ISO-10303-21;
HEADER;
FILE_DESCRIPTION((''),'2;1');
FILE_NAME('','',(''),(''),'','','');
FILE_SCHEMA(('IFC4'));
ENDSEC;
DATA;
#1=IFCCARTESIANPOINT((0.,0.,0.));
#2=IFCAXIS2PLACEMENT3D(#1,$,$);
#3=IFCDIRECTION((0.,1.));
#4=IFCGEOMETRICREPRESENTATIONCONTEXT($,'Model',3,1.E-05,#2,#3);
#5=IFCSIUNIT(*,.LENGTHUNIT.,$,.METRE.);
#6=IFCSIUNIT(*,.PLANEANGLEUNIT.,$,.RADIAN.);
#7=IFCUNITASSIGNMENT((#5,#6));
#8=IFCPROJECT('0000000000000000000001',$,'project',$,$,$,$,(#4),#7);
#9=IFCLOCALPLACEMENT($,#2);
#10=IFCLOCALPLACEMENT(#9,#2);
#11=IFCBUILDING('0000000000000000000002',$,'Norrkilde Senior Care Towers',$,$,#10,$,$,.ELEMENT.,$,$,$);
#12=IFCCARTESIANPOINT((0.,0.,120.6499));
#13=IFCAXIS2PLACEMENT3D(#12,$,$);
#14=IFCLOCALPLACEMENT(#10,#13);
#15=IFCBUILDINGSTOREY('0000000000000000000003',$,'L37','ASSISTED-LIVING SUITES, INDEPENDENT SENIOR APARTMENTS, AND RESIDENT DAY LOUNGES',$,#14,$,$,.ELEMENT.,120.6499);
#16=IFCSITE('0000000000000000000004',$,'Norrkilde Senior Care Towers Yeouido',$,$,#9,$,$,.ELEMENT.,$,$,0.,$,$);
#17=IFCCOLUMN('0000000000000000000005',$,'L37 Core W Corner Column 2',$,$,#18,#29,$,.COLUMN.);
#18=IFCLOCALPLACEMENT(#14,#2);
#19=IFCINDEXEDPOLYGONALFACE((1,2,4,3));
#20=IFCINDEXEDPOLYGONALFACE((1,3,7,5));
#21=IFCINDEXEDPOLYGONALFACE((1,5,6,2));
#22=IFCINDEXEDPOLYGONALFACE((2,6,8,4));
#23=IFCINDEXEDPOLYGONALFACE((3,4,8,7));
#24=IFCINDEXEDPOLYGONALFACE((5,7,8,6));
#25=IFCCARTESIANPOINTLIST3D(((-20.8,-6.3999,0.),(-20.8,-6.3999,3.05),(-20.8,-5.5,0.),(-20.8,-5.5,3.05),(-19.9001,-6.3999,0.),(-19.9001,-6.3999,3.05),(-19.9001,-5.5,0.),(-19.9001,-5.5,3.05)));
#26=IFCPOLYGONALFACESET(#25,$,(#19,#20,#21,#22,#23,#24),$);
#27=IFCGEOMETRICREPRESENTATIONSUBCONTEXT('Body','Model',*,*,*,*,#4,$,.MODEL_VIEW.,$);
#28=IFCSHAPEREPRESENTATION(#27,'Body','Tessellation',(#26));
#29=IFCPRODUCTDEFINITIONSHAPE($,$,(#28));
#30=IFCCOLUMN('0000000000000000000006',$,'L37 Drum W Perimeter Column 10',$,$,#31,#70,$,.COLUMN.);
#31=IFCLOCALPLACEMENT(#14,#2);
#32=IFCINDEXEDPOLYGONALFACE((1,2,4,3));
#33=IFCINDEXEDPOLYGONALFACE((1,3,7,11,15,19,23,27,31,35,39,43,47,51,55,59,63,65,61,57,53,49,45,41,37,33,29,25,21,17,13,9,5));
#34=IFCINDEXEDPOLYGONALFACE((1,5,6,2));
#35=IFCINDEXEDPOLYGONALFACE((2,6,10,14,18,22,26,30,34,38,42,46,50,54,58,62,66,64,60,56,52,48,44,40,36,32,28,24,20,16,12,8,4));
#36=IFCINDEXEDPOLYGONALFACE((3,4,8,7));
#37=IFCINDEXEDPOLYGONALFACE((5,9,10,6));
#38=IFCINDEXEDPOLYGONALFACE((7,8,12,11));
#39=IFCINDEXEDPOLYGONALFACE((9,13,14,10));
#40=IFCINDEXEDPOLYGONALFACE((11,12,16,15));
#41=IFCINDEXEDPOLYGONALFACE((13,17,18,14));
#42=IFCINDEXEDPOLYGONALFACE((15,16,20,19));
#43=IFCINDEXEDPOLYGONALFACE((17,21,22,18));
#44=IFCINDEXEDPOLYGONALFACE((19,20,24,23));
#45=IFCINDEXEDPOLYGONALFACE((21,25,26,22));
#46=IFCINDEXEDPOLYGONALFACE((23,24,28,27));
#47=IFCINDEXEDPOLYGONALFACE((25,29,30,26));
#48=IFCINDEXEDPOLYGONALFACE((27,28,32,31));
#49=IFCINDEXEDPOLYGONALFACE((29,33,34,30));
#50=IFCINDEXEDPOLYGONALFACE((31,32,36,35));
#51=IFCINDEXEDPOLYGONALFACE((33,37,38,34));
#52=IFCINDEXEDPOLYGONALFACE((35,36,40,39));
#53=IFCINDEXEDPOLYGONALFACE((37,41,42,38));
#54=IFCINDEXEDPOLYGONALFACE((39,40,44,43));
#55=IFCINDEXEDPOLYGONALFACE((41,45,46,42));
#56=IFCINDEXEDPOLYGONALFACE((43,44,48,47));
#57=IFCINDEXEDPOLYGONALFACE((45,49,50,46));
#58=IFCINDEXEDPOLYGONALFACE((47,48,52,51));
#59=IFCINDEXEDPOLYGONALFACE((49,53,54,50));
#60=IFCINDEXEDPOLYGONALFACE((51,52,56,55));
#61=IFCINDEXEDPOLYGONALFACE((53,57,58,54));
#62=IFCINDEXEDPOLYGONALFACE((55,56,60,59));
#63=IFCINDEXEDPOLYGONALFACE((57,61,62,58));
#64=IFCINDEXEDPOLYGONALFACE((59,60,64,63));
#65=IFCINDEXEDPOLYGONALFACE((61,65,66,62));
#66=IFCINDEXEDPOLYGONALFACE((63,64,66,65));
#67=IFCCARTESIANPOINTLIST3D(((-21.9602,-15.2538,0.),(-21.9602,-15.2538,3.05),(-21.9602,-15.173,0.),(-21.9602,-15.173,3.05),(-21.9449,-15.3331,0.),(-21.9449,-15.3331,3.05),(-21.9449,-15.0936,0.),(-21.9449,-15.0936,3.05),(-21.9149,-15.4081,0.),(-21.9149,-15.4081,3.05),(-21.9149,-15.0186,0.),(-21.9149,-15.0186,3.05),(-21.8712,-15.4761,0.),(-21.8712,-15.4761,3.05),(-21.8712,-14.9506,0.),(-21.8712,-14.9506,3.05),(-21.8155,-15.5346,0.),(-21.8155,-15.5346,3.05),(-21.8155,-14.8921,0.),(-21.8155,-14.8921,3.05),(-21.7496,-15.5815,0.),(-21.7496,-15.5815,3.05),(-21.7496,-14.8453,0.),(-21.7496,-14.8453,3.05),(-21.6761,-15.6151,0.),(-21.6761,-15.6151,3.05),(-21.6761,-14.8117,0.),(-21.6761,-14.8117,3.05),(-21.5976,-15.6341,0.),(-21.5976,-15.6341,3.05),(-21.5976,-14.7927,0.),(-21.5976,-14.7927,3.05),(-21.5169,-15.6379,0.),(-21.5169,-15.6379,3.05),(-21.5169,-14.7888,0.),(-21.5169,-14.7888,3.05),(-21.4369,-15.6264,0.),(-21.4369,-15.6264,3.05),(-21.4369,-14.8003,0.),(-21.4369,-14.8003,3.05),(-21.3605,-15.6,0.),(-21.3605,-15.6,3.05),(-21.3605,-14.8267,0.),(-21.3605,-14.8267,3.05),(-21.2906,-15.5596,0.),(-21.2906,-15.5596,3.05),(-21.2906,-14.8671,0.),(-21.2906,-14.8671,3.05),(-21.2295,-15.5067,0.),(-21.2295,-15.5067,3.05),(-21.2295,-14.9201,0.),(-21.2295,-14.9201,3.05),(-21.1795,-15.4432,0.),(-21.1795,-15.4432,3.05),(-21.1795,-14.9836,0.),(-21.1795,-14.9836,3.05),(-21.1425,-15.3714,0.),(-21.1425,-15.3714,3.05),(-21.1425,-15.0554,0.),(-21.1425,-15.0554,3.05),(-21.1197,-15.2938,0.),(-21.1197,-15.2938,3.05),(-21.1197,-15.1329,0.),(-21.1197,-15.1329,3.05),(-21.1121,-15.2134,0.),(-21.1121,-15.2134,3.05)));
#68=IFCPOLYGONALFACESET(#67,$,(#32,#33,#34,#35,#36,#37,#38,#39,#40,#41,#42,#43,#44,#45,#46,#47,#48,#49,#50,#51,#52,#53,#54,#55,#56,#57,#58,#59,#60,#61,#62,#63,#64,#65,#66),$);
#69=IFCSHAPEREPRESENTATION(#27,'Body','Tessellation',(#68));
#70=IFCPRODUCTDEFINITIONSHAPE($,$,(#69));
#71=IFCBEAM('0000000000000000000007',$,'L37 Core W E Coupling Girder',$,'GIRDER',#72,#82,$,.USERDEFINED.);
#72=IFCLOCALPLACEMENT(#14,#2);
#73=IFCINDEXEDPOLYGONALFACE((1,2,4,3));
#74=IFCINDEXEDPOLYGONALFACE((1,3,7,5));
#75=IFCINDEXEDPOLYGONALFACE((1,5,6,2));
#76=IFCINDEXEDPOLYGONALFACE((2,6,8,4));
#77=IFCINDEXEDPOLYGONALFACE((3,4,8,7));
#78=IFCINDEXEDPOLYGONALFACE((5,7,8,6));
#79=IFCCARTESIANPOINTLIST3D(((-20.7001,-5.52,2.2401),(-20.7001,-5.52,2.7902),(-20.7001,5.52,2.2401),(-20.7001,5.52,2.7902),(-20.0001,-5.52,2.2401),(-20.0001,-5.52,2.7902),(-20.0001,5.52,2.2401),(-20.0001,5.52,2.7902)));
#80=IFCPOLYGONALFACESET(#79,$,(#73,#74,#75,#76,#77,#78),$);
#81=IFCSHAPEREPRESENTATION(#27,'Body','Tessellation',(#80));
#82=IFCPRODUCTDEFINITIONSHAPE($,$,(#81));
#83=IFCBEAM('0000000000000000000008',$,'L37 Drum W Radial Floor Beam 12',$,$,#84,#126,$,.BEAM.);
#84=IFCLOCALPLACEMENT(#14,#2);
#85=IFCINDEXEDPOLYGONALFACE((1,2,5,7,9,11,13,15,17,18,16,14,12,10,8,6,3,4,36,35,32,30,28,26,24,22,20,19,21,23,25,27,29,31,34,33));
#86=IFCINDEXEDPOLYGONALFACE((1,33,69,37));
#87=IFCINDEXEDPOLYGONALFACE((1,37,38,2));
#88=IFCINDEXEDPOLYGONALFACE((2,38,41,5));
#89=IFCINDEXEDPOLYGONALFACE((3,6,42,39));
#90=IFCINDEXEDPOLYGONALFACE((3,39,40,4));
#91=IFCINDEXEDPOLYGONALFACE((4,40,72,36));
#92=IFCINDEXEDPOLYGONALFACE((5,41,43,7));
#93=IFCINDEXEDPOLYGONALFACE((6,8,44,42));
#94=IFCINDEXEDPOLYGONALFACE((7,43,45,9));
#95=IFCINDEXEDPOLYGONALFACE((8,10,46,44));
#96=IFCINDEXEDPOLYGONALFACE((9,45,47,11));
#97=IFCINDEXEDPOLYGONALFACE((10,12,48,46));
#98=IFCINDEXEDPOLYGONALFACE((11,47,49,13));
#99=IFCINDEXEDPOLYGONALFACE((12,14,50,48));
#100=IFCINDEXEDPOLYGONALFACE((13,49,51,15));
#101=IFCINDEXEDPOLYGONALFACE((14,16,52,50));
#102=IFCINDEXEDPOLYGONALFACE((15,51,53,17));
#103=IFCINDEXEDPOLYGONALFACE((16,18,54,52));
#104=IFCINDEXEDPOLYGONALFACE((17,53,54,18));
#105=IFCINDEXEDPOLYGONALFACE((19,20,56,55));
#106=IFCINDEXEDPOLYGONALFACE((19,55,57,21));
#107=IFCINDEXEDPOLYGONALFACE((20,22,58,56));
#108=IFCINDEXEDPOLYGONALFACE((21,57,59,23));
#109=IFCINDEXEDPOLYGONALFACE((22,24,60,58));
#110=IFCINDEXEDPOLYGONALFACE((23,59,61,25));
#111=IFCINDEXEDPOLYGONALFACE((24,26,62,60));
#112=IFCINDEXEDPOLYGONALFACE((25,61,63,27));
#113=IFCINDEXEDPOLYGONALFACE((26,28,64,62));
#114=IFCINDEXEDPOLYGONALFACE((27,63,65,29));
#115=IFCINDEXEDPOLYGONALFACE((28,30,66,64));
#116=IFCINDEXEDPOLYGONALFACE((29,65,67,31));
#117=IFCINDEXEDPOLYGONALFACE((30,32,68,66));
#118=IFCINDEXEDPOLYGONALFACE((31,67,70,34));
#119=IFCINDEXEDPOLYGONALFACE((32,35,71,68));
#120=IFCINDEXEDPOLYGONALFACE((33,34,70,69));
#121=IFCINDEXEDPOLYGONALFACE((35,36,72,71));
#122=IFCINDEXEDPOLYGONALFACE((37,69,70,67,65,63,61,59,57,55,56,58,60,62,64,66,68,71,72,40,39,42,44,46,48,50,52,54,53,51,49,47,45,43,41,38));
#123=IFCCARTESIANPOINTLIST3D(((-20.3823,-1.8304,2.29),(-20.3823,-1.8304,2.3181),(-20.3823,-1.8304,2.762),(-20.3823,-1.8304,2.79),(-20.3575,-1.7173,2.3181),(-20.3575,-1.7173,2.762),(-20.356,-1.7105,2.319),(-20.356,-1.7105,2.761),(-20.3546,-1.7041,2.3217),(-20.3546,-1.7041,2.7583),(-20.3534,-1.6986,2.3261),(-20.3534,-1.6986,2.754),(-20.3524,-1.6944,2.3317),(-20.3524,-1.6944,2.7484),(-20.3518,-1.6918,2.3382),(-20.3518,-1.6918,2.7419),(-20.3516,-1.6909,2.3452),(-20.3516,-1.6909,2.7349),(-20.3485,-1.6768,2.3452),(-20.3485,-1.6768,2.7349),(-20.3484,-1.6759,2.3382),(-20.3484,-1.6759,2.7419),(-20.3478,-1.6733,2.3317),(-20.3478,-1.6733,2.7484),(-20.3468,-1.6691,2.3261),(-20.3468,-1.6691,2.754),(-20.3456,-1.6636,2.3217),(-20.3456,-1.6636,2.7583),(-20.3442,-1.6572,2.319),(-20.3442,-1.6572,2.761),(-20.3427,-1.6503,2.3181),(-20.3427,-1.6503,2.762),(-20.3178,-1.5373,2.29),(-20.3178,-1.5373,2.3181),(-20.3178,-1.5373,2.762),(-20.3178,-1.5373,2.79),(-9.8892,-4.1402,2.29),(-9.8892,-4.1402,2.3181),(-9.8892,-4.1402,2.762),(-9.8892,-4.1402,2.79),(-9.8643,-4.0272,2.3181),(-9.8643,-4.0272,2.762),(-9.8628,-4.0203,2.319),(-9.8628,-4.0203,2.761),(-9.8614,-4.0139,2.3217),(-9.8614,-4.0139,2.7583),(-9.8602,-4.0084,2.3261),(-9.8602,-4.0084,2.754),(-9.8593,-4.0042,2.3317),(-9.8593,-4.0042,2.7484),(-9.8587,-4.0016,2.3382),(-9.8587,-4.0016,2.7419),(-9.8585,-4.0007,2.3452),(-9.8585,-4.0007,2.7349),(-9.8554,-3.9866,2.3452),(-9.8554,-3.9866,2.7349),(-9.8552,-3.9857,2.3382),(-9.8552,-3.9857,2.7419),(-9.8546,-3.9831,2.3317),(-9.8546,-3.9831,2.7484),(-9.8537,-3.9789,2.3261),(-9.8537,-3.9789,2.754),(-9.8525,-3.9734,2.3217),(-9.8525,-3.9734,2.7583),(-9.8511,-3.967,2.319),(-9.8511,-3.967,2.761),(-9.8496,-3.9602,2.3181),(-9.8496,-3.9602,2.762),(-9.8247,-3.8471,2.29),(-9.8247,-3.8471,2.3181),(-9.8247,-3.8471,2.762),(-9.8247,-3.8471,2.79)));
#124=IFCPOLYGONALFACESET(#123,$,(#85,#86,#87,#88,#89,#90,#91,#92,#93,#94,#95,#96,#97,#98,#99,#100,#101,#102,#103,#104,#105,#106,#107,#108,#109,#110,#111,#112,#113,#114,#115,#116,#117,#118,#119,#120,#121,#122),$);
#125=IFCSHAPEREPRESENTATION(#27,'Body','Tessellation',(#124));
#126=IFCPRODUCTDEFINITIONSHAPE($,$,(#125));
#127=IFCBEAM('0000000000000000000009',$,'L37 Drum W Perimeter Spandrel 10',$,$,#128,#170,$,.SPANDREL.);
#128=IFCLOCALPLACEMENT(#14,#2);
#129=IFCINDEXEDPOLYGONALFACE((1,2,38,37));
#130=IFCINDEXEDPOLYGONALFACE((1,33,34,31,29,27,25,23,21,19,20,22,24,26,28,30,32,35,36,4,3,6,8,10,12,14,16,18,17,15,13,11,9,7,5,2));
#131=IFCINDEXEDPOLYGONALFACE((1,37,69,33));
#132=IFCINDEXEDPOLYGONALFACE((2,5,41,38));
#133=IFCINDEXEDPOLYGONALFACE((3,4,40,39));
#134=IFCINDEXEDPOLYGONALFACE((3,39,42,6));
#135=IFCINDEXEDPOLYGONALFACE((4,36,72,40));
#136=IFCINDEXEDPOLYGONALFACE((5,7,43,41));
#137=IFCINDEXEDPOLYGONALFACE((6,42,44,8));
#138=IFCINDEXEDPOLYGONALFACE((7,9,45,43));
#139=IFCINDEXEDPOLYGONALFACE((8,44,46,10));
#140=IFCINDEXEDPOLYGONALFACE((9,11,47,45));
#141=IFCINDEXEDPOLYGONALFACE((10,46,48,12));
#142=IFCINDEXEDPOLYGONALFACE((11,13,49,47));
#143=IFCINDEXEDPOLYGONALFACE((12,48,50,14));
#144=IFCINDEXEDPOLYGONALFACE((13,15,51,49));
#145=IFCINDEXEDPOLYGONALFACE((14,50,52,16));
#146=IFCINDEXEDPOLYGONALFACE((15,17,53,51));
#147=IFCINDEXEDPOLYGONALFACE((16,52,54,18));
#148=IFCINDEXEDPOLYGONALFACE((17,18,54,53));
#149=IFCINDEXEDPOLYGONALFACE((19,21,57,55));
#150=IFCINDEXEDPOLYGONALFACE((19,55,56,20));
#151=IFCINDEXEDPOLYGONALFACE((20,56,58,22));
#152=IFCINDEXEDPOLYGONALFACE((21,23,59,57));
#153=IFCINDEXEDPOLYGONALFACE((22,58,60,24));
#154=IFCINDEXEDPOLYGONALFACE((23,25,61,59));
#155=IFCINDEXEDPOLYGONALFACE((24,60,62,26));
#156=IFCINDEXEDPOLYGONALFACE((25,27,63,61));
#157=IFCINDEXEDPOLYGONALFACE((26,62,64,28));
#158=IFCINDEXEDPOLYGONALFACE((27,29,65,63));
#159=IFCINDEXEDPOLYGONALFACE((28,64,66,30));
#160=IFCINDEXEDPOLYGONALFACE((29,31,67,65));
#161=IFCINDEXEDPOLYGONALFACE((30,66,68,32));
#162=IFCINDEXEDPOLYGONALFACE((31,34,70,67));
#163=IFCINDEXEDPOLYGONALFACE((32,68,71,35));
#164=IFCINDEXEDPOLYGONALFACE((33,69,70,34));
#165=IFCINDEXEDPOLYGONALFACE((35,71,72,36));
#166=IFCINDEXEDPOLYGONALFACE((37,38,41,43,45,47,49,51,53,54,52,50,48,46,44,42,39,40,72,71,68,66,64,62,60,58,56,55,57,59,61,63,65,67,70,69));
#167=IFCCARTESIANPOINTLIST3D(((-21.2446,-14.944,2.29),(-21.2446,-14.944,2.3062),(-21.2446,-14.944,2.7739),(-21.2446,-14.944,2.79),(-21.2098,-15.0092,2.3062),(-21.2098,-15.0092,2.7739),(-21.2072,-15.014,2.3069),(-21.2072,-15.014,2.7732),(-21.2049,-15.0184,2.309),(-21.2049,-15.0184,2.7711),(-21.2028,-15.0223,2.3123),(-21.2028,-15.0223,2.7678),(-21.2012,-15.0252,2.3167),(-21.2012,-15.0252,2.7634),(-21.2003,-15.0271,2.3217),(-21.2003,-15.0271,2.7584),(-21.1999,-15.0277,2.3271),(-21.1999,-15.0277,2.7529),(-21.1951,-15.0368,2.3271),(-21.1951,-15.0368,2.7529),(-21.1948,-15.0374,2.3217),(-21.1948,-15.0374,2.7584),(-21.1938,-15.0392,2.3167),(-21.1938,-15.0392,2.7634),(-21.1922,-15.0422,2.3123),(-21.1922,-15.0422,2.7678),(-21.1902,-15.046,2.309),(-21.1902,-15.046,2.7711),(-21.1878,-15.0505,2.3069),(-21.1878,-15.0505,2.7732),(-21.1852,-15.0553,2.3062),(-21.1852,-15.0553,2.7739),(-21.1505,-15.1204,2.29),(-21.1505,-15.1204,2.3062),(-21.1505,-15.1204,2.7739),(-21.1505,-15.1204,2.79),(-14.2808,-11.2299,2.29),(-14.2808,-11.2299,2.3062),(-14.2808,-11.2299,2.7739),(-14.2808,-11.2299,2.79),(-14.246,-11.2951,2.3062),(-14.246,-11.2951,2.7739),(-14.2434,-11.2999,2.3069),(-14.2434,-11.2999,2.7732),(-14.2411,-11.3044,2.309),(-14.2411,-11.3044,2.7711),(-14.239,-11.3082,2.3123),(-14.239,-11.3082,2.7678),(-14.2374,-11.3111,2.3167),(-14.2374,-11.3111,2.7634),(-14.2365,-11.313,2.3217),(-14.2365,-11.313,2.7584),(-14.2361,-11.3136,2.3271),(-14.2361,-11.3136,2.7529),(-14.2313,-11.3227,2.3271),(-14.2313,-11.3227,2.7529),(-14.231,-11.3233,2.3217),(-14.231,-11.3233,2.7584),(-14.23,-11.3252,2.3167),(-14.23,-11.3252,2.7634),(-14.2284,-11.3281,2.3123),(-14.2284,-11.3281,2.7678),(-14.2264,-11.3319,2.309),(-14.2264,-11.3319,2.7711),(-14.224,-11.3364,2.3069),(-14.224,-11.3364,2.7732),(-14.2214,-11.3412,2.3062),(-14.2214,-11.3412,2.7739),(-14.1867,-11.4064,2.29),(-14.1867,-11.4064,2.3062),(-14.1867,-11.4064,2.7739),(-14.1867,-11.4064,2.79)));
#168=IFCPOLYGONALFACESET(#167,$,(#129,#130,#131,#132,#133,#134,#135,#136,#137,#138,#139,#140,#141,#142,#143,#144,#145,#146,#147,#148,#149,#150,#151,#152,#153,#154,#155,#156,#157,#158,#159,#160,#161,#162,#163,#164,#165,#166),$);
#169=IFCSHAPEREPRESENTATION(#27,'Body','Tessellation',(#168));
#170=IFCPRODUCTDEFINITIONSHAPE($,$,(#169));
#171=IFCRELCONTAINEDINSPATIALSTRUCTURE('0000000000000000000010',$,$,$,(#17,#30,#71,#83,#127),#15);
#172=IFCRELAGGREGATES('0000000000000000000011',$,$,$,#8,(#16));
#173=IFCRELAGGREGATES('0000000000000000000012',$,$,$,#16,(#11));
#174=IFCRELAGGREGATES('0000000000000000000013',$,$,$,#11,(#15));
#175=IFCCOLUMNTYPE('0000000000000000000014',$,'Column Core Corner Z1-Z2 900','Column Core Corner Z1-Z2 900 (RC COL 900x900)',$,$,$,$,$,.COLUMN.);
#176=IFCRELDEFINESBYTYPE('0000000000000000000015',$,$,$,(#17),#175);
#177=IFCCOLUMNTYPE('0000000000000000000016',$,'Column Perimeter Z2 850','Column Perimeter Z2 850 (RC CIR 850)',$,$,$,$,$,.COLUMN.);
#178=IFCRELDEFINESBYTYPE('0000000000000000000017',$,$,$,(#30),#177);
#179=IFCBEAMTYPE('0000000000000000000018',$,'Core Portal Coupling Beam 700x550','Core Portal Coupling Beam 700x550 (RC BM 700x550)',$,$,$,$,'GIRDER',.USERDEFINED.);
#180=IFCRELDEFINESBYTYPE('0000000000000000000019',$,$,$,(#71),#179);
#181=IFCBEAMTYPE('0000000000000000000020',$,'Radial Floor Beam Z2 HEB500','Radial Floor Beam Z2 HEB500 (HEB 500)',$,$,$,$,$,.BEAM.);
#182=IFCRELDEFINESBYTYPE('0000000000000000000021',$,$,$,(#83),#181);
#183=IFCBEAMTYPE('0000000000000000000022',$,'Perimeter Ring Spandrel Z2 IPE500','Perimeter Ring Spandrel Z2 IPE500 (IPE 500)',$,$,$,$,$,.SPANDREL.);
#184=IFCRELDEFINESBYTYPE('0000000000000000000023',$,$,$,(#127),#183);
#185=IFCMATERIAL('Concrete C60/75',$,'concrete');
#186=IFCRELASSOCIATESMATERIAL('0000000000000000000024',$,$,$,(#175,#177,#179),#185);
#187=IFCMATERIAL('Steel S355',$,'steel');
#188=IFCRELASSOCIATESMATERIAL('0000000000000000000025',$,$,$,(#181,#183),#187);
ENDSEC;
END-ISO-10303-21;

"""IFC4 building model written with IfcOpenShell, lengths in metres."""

from ifc_helpers import new_model, si_unit, direction, frame, origin, origin_2d, place, context, subcontext, project, spatial, rectangle, circle, i_section, extrude, source, transform, mapped, material, material_profile, profile_set, type_object, type_shapes, element, save


model = new_model("IFC4")

# Units and contexts
model_context = context("Model", 3, precision=1e-05, world=origin(), true_north=direction((0.0, 1.0)))
body_context = subcontext(model_context, "Body", "Model", "MODEL_VIEW")
ifc_project = project(units=[si_unit("LENGTHUNIT", "METRE"), si_unit("PLANEANGLEUNIT", "RADIAN")], contexts=[model_context])

# Site, building, storey
site_placement = place(None, origin())
site = spatial("IfcSite", under=ifc_project, at=site_placement, Name="Norrkilde Senior Care Towers Yeouido", CompositionType="ELEMENT", RefElevation=0.0)
building_placement = place(site_placement, origin())
building = spatial("IfcBuilding", under=site, at=building_placement, Name="Norrkilde Senior Care Towers", CompositionType="ELEMENT")
storey_placement = place(building_placement, frame((0.0, 0.0, 120.6499)))
storey = spatial("IfcBuildingStorey", under=building, at=storey_placement, Name="L37", Description="ASSISTED-LIVING SUITES, INDEPENDENT SENIOR APARTMENTS, AND RESIDENT DAY LOUNGES", CompositionType="ELEMENT", Elevation=120.6499)

# Columns
ifc_material_1 = material(Name="Concrete C60/75", Category="concrete")
ifc_material_profile_1 = material_profile(ifc_material_1, rectangle(XDim=0.8999, YDim=0.8999, at=origin_2d()), Name="RC COL 900x900")
ifc_profile_set_1 = profile_set([ifc_material_profile_1], Name="Concrete C60/75")
column_type_1 = type_object("IfcColumnType", Name="Column Core Corner Z1-Z2 900", Description="Column Core Corner Z1-Z2 900 (RC COL 900x900)", PredefinedType="COLUMN", material=ifc_profile_set_1)
shared_shape_1 = source(origin(), body_context, "Body", "SweptSolid", [
    extrude(rectangle(XDim=0.8999, YDim=0.8999, at=origin_2d()), origin(), (0.0, 0.0, 1.0), 3.05),
])
type_shapes(column_type_1, [shared_shape_1])
column_1_placement = place(storey_placement, frame((-20.3501, -5.95, 0.0), z_axis=(0.0, 0.0, 1.0), x_axis=(1.0, 0.0, 0.0)))
element("IfcColumn", 1, at=column_1_placement, inside=storey, type_object=column_type_1, Name="L37 Core W Corner Column 2", PredefinedType="COLUMN", context=body_context, shape_type="MappedRepresentation", body=[
    mapped(shared_shape_1, transform((0.0, 0.0, 0.0), x_axis=(1.0, 0.0, 0.0), y_axis=(0.0, 1.0, 0.0), z_axis=(0.0, 0.0, 1.0), scale=1.0)),
])
ifc_material_profile_2 = material_profile(ifc_material_1, circle(Radius=0.425, at=origin_2d()), Name="RC CIR 850")
ifc_profile_set_2 = profile_set([ifc_material_profile_2], Name="Concrete C60/75")
column_type_2 = type_object("IfcColumnType", Name="Column Perimeter Z2 850", Description="Column Perimeter Z2 850 (RC CIR 850)", PredefinedType="COLUMN", material=ifc_profile_set_2)
shared_shape_2 = source(origin(), body_context, "Body", "SweptSolid", [
    extrude(circle(Radius=0.425, at=origin_2d()), origin(), (0.0, 0.0, 1.0), 3.05),
])
type_shapes(column_type_2, [shared_shape_2])
column_2_placement = place(storey_placement, frame((-21.5371, -15.2134, 0.0), z_axis=(0.0, 0.0, 1.0), x_axis=(1.0, 0.0, 0.0)))
element("IfcColumn", 2, at=column_2_placement, inside=storey, type_object=column_type_2, Name="L37 Drum W Perimeter Column 10", PredefinedType="COLUMN", context=body_context, shape_type="MappedRepresentation", body=[
    mapped(shared_shape_2, transform((0.0, 0.0, 0.0), x_axis=(1.0, 0.0, 0.0), y_axis=(0.0, 1.0, 0.0), z_axis=(0.0, 0.0, 1.0), scale=1.0)),
])

# Beams
ifc_material_profile_3 = material_profile(ifc_material_1, rectangle(XDim=0.7, YDim=0.55, at=origin_2d()), Name="RC BM 700x550")
ifc_profile_set_3 = profile_set([ifc_material_profile_3], Name="Concrete C60/75")
beam_type_1 = type_object("IfcBeamType", Name="Core Portal Coupling Beam 700x550", Description="Core Portal Coupling Beam 700x550 (RC BM 700x550)", ElementType="GIRDER", PredefinedType="USERDEFINED", material=ifc_profile_set_3)
shared_shape_3 = source(origin(), body_context, "Body", "SweptSolid", [
    extrude(rectangle(XDim=0.7, YDim=0.55, at=origin_2d()), origin(), (0.0, 0.0, 1.0), 11.04),
])
type_shapes(beam_type_1, [shared_shape_3])
beam_1_placement = place(storey_placement, frame((-20.3501, -5.52, 2.5151), z_axis=(0.0, 1.0, 0.0), x_axis=(-1.0, 0.0, 0.0)))
element("IfcBeam", 3, at=beam_1_placement, inside=storey, type_object=beam_type_1, Name="L37 Core W E Coupling Girder", ObjectType="GIRDER", PredefinedType="USERDEFINED", context=body_context, shape_type="MappedRepresentation", body=[
    mapped(shared_shape_3, transform((0.0, 0.0, 0.0), x_axis=(1.0, 0.0, 0.0), y_axis=(0.0, 1.0, 0.0), z_axis=(0.0, 0.0, 1.0), scale=1.0)),
])
ifc_material_2 = material(Name="Steel S355", Category="steel")
ifc_material_profile_4 = material_profile(ifc_material_2, i_section(OverallWidth=0.3, OverallDepth=0.5, WebThickness=0.0144, FlangeThickness=0.0281, FilletRadius=0.0271, at=origin_2d()), Name="HEB 500")
ifc_profile_set_4 = profile_set([ifc_material_profile_4], Name="Steel S355")
beam_type_2 = type_object("IfcBeamType", Name="Radial Floor Beam Z2 HEB500", Description="Radial Floor Beam Z2 HEB500 (HEB 500)", PredefinedType="BEAM", material=ifc_profile_set_4)
shared_shape_4 = source(origin(), body_context, "Body", "SweptSolid", [
    extrude(i_section(OverallWidth=0.3, OverallDepth=0.5, WebThickness=0.0144, FlangeThickness=0.0281, FilletRadius=0.0271, at=origin_2d()), origin(), (0.0, 0.0, 1.0), 10.7444),
])
beam_2_placement = place(storey_placement, frame((-20.3501, -1.6838, 2.54), z_axis=(0.976619, -0.214979, 0.0), x_axis=(0.214979, 0.976619, 0.0)))
element("IfcBeam", 4, at=beam_2_placement, inside=storey, type_object=beam_type_2, Name="L37 Drum W Radial Floor Beam 12", PredefinedType="BEAM", context=body_context, shape_type="MappedRepresentation", body=[
    mapped(shared_shape_4, transform((0.0, 0.0, 0.0), x_axis=(1.0, 0.0, 0.0), y_axis=(0.0, 1.0, 0.0), z_axis=(0.0, 0.0, 1.0), scale=1.0)),
])
ifc_material_profile_5 = material_profile(ifc_material_2, i_section(OverallWidth=0.2, OverallDepth=0.5, WebThickness=0.0103, FlangeThickness=0.0161, FilletRadius=0.021, at=origin_2d()), Name="IPE 500")
ifc_profile_set_5 = profile_set([ifc_material_profile_5], Name="Steel S355")
beam_type_3 = type_object("IfcBeamType", Name="Perimeter Ring Spandrel Z2 IPE500", Description="Perimeter Ring Spandrel Z2 IPE500 (IPE 500)", PredefinedType="SPANDREL", material=ifc_profile_set_5)
shared_shape_5 = source(origin(), body_context, "Body", "SweptSolid", [
    extrude(i_section(OverallWidth=0.2, OverallDepth=0.5, WebThickness=0.0103, FlangeThickness=0.0161, FilletRadius=0.021, at=origin_2d()), origin(), (0.0, 0.0, 1.0), 7.8923),
])
type_shapes(beam_type_3, [shared_shape_5])
beam_3_placement = place(storey_placement, frame((-21.1975, -15.0322, 2.54), z_axis=(0.88235, 0.470593, 0.0), x_axis=(-0.470593, 0.88235, 0.0)))
element("IfcBeam", 5, at=beam_3_placement, inside=storey, type_object=beam_type_3, Name="L37 Drum W Perimeter Spandrel 10", PredefinedType="SPANDREL", context=body_context, shape_type="MappedRepresentation", body=[
    mapped(shared_shape_5, transform((0.0, 0.0, 0.0), x_axis=(1.0, 0.0, 0.0), y_axis=(0.0, 1.0, 0.0), z_axis=(0.0, 0.0, 1.0), scale=1.0)),
])

save(model, "model.ifc")
